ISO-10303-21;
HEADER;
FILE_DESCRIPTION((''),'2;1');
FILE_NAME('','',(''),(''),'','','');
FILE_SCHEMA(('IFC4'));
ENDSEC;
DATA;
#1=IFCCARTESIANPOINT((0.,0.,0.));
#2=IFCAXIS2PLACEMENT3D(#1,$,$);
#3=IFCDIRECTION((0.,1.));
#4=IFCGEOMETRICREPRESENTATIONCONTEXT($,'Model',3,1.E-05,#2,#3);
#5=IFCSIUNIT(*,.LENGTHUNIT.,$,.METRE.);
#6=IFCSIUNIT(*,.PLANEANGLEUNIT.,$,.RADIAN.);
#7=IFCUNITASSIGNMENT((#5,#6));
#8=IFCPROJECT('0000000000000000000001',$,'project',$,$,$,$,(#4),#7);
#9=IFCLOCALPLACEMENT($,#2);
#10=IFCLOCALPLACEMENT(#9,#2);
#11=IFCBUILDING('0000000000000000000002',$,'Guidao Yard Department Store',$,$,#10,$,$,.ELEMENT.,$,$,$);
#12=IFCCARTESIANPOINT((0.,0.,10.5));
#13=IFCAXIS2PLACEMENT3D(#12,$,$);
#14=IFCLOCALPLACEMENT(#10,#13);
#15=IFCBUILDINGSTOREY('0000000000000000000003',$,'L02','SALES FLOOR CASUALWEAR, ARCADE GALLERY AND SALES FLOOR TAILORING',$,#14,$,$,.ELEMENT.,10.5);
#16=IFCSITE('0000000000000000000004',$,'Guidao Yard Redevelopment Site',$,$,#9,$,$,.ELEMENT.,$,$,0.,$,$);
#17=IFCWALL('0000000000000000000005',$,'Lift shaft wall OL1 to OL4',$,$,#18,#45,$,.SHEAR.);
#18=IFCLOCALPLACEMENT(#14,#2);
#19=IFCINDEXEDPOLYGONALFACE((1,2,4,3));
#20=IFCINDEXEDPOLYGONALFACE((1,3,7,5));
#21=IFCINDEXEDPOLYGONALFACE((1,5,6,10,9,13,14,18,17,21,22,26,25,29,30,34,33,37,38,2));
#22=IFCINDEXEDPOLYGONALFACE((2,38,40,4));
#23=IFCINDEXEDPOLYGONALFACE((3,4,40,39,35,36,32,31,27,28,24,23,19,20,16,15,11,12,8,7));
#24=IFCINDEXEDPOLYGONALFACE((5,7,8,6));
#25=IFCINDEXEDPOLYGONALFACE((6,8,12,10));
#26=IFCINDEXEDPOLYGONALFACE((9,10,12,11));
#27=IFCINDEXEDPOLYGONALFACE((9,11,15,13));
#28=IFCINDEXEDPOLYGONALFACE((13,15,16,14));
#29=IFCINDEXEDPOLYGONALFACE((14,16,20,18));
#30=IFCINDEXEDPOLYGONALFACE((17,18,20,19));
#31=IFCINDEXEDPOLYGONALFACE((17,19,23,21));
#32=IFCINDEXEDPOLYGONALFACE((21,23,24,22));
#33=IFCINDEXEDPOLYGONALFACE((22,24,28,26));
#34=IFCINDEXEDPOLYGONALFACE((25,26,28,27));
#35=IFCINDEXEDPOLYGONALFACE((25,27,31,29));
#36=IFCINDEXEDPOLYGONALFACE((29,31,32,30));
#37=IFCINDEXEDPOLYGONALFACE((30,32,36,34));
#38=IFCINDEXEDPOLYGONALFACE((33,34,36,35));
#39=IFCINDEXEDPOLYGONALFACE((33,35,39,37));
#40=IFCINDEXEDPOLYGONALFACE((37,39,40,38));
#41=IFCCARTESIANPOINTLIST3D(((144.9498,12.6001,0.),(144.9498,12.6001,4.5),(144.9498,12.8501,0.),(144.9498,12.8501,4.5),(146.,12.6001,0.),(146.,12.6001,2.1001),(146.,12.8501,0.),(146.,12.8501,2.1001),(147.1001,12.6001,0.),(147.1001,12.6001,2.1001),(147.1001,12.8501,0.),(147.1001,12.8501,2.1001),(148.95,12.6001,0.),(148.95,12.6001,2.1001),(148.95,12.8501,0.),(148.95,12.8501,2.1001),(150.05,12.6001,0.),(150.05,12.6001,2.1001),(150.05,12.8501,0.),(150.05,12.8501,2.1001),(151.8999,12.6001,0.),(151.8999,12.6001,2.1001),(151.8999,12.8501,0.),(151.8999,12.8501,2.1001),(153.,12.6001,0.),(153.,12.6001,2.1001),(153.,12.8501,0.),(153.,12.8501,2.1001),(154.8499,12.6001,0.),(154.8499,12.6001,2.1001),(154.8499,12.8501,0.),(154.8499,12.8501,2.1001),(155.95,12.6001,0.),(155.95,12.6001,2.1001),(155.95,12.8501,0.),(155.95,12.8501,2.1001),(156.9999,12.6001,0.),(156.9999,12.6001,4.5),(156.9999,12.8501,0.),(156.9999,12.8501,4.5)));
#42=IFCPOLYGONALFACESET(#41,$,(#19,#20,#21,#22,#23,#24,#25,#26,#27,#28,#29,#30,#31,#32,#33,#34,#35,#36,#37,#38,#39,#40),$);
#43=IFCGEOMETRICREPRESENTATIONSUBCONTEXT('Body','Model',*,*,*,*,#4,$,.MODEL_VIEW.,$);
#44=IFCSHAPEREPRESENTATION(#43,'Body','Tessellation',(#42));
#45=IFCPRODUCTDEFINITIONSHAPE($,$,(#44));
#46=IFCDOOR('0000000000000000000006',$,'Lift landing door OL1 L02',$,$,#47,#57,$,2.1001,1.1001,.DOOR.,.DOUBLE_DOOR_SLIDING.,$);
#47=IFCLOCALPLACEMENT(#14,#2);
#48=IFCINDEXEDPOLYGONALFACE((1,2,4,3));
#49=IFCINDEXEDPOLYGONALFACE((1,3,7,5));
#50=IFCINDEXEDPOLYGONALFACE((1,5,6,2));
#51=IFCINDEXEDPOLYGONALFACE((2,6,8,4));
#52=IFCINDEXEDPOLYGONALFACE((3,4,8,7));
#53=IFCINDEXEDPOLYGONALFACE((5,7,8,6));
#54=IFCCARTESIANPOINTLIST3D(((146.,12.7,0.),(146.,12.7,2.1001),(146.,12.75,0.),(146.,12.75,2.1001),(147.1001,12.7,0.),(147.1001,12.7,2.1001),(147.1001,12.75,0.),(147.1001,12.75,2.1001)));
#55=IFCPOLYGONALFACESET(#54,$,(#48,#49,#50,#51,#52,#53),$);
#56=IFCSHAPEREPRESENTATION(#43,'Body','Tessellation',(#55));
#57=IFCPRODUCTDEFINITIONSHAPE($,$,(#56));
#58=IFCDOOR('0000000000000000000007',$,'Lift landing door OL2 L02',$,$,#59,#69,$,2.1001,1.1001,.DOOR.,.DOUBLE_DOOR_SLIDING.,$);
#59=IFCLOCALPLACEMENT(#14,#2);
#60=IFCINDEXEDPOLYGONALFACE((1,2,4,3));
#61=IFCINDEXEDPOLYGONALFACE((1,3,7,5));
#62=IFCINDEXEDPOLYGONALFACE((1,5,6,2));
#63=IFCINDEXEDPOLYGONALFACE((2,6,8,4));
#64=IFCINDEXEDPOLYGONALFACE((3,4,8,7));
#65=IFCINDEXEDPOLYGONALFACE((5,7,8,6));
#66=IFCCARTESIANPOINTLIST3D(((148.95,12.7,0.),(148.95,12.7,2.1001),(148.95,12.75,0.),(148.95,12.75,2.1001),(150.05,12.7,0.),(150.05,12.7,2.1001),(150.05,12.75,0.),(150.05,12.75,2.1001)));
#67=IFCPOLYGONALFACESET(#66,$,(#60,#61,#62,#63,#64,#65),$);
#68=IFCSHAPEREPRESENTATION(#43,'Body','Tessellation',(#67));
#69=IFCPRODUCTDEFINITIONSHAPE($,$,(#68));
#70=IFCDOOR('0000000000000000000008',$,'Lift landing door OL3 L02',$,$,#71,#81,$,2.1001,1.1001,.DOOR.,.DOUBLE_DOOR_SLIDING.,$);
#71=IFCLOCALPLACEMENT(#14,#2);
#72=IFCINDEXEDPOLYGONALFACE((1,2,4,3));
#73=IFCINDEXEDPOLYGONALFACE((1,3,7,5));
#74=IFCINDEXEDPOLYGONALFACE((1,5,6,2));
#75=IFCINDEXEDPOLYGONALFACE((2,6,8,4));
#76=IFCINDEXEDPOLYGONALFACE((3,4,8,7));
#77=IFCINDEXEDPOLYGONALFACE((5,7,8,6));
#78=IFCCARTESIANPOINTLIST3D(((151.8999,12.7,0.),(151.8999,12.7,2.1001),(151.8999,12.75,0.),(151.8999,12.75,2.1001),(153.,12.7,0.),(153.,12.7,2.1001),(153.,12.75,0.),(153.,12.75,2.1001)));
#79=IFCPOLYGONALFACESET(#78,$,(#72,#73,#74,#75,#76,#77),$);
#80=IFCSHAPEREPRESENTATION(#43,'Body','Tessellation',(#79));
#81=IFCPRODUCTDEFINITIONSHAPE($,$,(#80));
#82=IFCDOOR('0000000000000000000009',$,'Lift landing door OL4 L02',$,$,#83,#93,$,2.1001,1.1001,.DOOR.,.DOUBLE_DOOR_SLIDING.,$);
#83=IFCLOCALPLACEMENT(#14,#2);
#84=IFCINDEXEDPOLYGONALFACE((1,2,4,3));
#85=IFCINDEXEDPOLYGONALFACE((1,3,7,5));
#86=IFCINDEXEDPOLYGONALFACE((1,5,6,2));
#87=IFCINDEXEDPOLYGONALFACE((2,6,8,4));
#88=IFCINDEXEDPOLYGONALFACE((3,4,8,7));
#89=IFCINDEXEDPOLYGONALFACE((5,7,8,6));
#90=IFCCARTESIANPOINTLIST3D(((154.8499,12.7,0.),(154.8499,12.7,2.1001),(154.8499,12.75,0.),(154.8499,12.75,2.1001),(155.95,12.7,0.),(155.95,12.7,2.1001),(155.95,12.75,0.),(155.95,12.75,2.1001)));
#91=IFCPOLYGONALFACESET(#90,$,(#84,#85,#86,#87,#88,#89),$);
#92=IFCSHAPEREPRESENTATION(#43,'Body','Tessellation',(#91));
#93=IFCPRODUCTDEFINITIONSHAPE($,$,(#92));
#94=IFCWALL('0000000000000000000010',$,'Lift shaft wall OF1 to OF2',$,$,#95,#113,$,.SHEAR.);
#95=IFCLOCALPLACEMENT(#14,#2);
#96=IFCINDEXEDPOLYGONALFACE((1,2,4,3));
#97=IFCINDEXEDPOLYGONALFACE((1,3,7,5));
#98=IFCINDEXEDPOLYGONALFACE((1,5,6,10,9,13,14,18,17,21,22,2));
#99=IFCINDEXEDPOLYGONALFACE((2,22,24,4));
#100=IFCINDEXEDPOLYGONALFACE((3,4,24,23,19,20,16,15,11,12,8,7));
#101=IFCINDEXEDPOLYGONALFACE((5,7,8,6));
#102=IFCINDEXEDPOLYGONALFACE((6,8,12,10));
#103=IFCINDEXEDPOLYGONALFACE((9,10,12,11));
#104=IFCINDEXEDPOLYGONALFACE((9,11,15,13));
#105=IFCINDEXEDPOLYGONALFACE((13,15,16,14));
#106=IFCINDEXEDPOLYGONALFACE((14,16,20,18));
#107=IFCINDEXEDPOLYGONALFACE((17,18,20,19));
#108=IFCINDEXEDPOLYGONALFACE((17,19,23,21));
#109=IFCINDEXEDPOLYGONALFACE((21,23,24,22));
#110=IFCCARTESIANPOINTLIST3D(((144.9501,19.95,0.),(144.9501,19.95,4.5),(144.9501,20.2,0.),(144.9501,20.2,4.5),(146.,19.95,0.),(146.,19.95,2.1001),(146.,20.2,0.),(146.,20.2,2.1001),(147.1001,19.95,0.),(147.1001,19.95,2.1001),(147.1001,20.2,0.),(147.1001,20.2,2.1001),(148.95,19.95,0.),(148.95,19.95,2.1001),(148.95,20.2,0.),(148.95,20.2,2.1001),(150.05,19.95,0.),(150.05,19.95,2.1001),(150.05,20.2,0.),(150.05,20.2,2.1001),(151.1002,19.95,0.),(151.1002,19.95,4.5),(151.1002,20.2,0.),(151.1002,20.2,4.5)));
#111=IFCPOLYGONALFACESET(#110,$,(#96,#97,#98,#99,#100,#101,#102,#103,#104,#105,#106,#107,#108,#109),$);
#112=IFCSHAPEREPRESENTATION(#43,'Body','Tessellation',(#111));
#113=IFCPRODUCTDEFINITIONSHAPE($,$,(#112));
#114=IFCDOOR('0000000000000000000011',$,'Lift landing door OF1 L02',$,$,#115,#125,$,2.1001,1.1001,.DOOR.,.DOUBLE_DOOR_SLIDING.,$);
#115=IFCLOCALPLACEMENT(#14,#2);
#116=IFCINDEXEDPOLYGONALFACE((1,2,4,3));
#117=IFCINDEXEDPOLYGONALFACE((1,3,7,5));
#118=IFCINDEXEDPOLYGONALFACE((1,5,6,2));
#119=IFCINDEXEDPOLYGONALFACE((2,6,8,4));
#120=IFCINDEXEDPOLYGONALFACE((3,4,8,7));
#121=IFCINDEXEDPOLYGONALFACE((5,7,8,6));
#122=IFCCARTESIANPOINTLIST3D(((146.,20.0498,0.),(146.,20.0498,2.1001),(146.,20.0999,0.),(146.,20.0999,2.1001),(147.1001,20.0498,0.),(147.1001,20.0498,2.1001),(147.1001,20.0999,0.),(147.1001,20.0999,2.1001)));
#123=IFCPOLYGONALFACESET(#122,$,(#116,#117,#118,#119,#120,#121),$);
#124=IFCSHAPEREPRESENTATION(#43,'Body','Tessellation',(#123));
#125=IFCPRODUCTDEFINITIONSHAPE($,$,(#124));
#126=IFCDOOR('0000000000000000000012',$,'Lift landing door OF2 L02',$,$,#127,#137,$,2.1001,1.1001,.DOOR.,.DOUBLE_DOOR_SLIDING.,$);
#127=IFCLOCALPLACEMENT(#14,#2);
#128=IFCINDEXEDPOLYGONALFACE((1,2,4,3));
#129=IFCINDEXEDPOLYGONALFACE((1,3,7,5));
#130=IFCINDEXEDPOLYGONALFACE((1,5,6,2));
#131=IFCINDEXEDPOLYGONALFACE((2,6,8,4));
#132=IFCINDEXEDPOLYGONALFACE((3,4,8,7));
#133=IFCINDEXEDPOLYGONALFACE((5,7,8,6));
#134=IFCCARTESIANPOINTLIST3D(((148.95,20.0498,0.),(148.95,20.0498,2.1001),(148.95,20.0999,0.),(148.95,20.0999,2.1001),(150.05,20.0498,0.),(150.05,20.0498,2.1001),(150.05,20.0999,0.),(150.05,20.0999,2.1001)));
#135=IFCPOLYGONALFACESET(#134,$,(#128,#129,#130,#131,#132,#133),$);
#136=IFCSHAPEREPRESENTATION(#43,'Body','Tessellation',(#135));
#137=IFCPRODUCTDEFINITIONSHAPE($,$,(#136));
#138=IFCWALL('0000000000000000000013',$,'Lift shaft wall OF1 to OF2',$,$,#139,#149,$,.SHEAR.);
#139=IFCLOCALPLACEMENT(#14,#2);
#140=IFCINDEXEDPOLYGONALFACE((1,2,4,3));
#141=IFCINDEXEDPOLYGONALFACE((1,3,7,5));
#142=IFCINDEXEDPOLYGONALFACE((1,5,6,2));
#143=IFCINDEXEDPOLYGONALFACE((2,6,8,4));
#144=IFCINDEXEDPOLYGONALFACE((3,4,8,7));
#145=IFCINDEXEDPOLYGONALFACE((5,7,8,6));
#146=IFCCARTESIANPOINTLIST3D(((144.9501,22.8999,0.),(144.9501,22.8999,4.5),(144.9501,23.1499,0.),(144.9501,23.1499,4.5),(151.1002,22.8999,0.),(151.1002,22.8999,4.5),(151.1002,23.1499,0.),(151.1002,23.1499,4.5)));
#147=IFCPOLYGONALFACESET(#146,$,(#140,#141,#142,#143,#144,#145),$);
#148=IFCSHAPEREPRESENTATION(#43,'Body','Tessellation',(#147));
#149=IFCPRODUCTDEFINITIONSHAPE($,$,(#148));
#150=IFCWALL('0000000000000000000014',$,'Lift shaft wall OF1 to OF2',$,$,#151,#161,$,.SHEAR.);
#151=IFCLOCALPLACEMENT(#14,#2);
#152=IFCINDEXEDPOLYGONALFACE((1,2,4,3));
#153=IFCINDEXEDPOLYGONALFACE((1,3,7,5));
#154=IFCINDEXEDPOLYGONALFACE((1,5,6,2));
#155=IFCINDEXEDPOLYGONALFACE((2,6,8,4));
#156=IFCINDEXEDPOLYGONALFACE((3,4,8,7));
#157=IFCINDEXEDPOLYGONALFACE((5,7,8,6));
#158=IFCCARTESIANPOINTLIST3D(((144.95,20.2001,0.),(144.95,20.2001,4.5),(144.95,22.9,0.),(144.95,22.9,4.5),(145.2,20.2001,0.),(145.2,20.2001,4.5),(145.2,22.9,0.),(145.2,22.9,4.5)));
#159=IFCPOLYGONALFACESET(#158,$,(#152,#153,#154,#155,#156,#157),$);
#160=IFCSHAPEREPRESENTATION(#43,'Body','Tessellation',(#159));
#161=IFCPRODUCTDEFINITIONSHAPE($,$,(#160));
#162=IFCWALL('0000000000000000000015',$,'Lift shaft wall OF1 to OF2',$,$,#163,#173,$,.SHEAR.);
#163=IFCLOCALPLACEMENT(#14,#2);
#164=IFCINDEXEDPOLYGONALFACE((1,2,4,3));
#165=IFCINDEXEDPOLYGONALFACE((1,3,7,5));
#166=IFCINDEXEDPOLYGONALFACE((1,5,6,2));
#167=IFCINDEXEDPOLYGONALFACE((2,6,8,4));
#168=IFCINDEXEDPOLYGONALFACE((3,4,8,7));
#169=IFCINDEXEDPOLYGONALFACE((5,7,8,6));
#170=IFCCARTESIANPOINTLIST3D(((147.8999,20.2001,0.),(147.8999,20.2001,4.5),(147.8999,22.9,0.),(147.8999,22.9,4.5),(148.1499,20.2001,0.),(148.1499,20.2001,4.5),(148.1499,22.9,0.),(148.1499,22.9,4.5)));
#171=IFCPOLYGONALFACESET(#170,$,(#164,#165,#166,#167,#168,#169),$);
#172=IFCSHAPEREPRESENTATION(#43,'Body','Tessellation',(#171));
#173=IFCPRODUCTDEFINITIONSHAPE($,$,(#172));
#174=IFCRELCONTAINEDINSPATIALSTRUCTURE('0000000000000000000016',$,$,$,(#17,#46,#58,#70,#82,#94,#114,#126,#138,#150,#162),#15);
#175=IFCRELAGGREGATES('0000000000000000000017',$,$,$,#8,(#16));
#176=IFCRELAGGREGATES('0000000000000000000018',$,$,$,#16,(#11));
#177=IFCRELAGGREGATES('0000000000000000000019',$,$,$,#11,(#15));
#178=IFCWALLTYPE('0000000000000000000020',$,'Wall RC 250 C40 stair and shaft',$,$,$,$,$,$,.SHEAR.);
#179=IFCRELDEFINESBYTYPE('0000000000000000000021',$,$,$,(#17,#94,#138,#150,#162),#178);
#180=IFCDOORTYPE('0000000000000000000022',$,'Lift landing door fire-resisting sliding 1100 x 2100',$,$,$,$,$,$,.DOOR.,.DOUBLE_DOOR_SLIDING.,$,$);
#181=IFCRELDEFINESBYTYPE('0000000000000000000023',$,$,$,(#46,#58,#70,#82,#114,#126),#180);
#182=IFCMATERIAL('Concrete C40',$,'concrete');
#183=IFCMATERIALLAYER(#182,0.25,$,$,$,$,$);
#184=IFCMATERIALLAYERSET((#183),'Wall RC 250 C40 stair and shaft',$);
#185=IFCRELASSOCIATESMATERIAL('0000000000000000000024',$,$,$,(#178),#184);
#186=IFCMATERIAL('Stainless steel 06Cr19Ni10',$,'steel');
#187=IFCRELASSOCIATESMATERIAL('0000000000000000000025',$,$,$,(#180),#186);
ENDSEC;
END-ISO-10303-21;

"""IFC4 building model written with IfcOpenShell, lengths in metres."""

from ifc_helpers import new_model, si_unit, direction, frame, frame_2d, origin, place, context, subcontext, project, spatial, rectangle, extrude, material, layer, layer_set, type_object, element, fill, save


model = new_model("IFC4")

# Units and contexts
model_context = context("Model", 3, precision=1e-05, world=origin(), true_north=direction((0.0, 1.0)))
body_context = subcontext(model_context, "Body", "Model", "MODEL_VIEW")
ifc_project = project(units=[si_unit("LENGTHUNIT", "METRE"), si_unit("PLANEANGLEUNIT", "RADIAN")], contexts=[model_context])

# Site, building, storey
site_placement = place(None, origin())
site = spatial("IfcSite", under=ifc_project, at=site_placement, Name="Guidao Yard Redevelopment Site", CompositionType="ELEMENT", RefElevation=0.0)
building_placement = place(site_placement, origin())
building = spatial("IfcBuilding", under=site, at=building_placement, Name="Guidao Yard Department Store", CompositionType="ELEMENT")
storey_placement = place(building_placement, frame((0.0, 0.0, 10.5)))
storey = spatial("IfcBuildingStorey", under=building, at=storey_placement, Name="L02", Description="SALES FLOOR CASUALWEAR, ARCADE GALLERY AND SALES FLOOR TAILORING", CompositionType="ELEMENT", Elevation=10.5)

# Walls, openings, doors
ifc_material_1 = material(Name="Concrete C40", Category="concrete")
ifc_layer_1 = layer(ifc_material_1, 0.25)
ifc_layer_set_1 = layer_set([ifc_layer_1], Name="Wall RC 250 C40 stair and shaft")
wall_type_1 = type_object("IfcWallType", Name="Wall RC 250 C40 stair and shaft", PredefinedType="SHEAR", material=ifc_layer_set_1)
wall_1_placement = place(storey_placement, frame((144.95, 12.7251, 0.0), z_axis=(0.0, 0.0, 1.0), x_axis=(1.0, 0.0, 0.0)))
wall_1 = element("IfcWall", 1, at=wall_1_placement, inside=storey, type_object=wall_type_1, Name="Lift shaft wall OL1 to OL4", PredefinedType="SHEAR", context=body_context, shape_type="SweptSolid", body=[
    extrude(rectangle(XDim=12.05, YDim=0.25, at=frame_2d((6.0249, 0.0))), origin(), (0.0, 0.0, 1.0), 4.5),
])
opening_1_placement = place(wall_1_placement, frame((1.05, 0.0, 0.0)))
opening_1 = element("IfcOpeningElement", 2, at=opening_1_placement, cuts=wall_1, PredefinedType="OPENING", context=body_context, shape_type="SweptSolid", body=[
    extrude(rectangle(XDim=1.1001, YDim=2.1001, at=frame_2d((0.55, 1.05))), frame((0.0, 0.135, 0.0), z_axis=(0.0, -1.0, 0.0), x_axis=(1.0, 0.0, 0.0)), (0.0, 0.0, 1.0), 0.27),
])
opening_2_placement = place(wall_1_placement, frame((4.0, 0.0, 0.0)))
opening_2 = element("IfcOpeningElement", 3, at=opening_2_placement, cuts=wall_1, PredefinedType="OPENING", context=body_context, shape_type="SweptSolid", body=[
    extrude(rectangle(XDim=1.1001, YDim=2.1001, at=frame_2d((0.55, 1.05))), frame((0.0, 0.135, 0.0), z_axis=(0.0, -1.0, 0.0), x_axis=(1.0, 0.0, 0.0)), (0.0, 0.0, 1.0), 0.27),
])
opening_3_placement = place(wall_1_placement, frame((6.95, 0.0, 0.0)))
opening_3 = element("IfcOpeningElement", 4, at=opening_3_placement, cuts=wall_1, PredefinedType="OPENING", context=body_context, shape_type="SweptSolid", body=[
    extrude(rectangle(XDim=1.1001, YDim=2.1001, at=frame_2d((0.55, 1.05))), frame((0.0, 0.135, 0.0), z_axis=(0.0, -1.0, 0.0), x_axis=(1.0, 0.0, 0.0)), (0.0, 0.0, 1.0), 0.27),
])
opening_4_placement = place(wall_1_placement, frame((9.8999, 0.0, 0.0)))
opening_4 = element("IfcOpeningElement", 5, at=opening_4_placement, cuts=wall_1, PredefinedType="OPENING", context=body_context, shape_type="SweptSolid", body=[
    extrude(rectangle(XDim=1.1001, YDim=2.1001, at=frame_2d((0.55, 1.05))), frame((0.0, 0.135, 0.0), z_axis=(0.0, -1.0, 0.0), x_axis=(1.0, 0.0, 0.0)), (0.0, 0.0, 1.0), 0.27),
])
ifc_material_2 = material(Name="Stainless steel 06Cr19Ni10", Category="steel")
door_type_1 = type_object("IfcDoorType", Name="Lift landing door fire-resisting sliding 1100 x 2100", OperationType="DOUBLE_DOOR_SLIDING", PredefinedType="DOOR", material=ifc_material_2)
door_1_placement = place(opening_1_placement, origin())
door_1 = element("IfcDoor", 6, at=door_1_placement, inside=storey, type_object=door_type_1, Name="Lift landing door OL1 L02", OperationType="DOUBLE_DOOR_SLIDING", OverallHeight=2.1001, OverallWidth=1.1001, PredefinedType="DOOR", context=body_context, shape_type="SweptSolid", body=[
    extrude(rectangle(XDim=1.1001, YDim=2.1001, at=frame_2d((0.55, 1.05))), frame((0.0, 0.0249, 0.0), z_axis=(0.0, -1.0, 0.0), x_axis=(1.0, 0.0, 0.0)), (0.0, 0.0, 1.0), 0.05),
])
fill(opening_1, door_1)
door_2_placement = place(opening_2_placement, origin())
door_2 = element("IfcDoor", 7, at=door_2_placement, inside=storey, type_object=door_type_1, Name="Lift landing door OL2 L02", OperationType="DOUBLE_DOOR_SLIDING", OverallHeight=2.1001, OverallWidth=1.1001, PredefinedType="DOOR", context=body_context, shape_type="SweptSolid", body=[
    extrude(rectangle(XDim=1.1001, YDim=2.1001, at=frame_2d((0.55, 1.05))), frame((0.0, 0.0249, 0.0), z_axis=(0.0, -1.0, 0.0), x_axis=(1.0, 0.0, 0.0)), (0.0, 0.0, 1.0), 0.05),
])
fill(opening_2, door_2)
door_3_placement = place(opening_3_placement, origin())
door_3 = element("IfcDoor", 8, at=door_3_placement, inside=storey, type_object=door_type_1, Name="Lift landing door OL3 L02", OperationType="DOUBLE_DOOR_SLIDING", OverallHeight=2.1001, OverallWidth=1.1001, PredefinedType="DOOR", context=body_context, shape_type="SweptSolid", body=[
    extrude(rectangle(XDim=1.1001, YDim=2.1001, at=frame_2d((0.55, 1.05))), frame((0.0, 0.0249, 0.0), z_axis=(0.0, -1.0, 0.0), x_axis=(1.0, 0.0, 0.0)), (0.0, 0.0, 1.0), 0.05),
])
fill(opening_3, door_3)
door_4_placement = place(opening_4_placement, origin())
door_4 = element("IfcDoor", 9, at=door_4_placement, inside=storey, type_object=door_type_1, Name="Lift landing door OL4 L02", OperationType="DOUBLE_DOOR_SLIDING", OverallHeight=2.1001, OverallWidth=1.1001, PredefinedType="DOOR", context=body_context, shape_type="SweptSolid", body=[
    extrude(rectangle(XDim=1.1001, YDim=2.1001, at=frame_2d((0.55, 1.05))), frame((0.0, 0.0249, 0.0), z_axis=(0.0, -1.0, 0.0), x_axis=(1.0, 0.0, 0.0)), (0.0, 0.0, 1.0), 0.05),
])
fill(opening_4, door_4)
wall_2_placement = place(storey_placement, frame((144.95, 20.075, 0.0), z_axis=(0.0, 0.0, 1.0), x_axis=(1.0, 0.0, 0.0)))
wall_2 = element("IfcWall", 10, at=wall_2_placement, inside=storey, type_object=wall_type_1, Name="Lift shaft wall OF1 to OF2", PredefinedType="SHEAR", context=body_context, shape_type="SweptSolid", body=[
    extrude(rectangle(XDim=6.1501, YDim=0.25, at=frame_2d((3.0752, 0.0))), origin(), (0.0, 0.0, 1.0), 4.5),
])
opening_5_placement = place(wall_2_placement, frame((1.05, 0.0, 0.0)))
opening_5 = element("IfcOpeningElement", 11, at=opening_5_placement, cuts=wall_2, PredefinedType="OPENING", context=body_context, shape_type="SweptSolid", body=[
    extrude(rectangle(XDim=1.1001, YDim=2.1001, at=frame_2d((0.55, 1.05))), frame((0.0, 0.135, 0.0), z_axis=(0.0, -1.0, 0.0), x_axis=(1.0, 0.0, 0.0)), (0.0, 0.0, 1.0), 0.27),
])
opening_6_placement = place(wall_2_placement, frame((4.0, 0.0, 0.0)))
opening_6 = element("IfcOpeningElement", 12, at=opening_6_placement, cuts=wall_2, PredefinedType="OPENING", context=body_context, shape_type="SweptSolid", body=[
    extrude(rectangle(XDim=1.1001, YDim=2.1001, at=frame_2d((0.55, 1.05))), frame((0.0, 0.135, 0.0), z_axis=(0.0, -1.0, 0.0), x_axis=(1.0, 0.0, 0.0)), (0.0, 0.0, 1.0), 0.27),
])
door_5_placement = place(opening_5_placement, origin())
door_5 = element("IfcDoor", 13, at=door_5_placement, inside=storey, type_object=door_type_1, Name="Lift landing door OF1 L02", OperationType="DOUBLE_DOOR_SLIDING", OverallHeight=2.1001, OverallWidth=1.1001, PredefinedType="DOOR", context=body_context, shape_type="SweptSolid", body=[
    extrude(rectangle(XDim=1.1001, YDim=2.1001, at=frame_2d((0.55, 1.05))), frame((0.0, 0.0249, 0.0), z_axis=(0.0, -1.0, 0.0), x_axis=(1.0, 0.0, 0.0)), (0.0, 0.0, 1.0), 0.05),
])
fill(opening_5, door_5)
door_6_placement = place(opening_6_placement, origin())
door_6 = element("IfcDoor", 14, at=door_6_placement, inside=storey, type_object=door_type_1, Name="Lift landing door OF2 L02", OperationType="DOUBLE_DOOR_SLIDING", OverallHeight=2.1001, OverallWidth=1.1001, PredefinedType="DOOR", context=body_context, shape_type="SweptSolid", body=[
    extrude(rectangle(XDim=1.1001, YDim=2.1001, at=frame_2d((0.55, 1.05))), frame((0.0, 0.0249, 0.0), z_axis=(0.0, -1.0, 0.0), x_axis=(1.0, 0.0, 0.0)), (0.0, 0.0, 1.0), 0.05),
])
fill(opening_6, door_6)

# Walls
wall_3_placement = place(storey_placement, frame((144.95, 23.0249, 0.0), z_axis=(0.0, 0.0, 1.0), x_axis=(1.0, 0.0, 0.0)))
element("IfcWall", 15, at=wall_3_placement, inside=storey, type_object=wall_type_1, Name="Lift shaft wall OF1 to OF2", PredefinedType="SHEAR", context=body_context, shape_type="SweptSolid", body=[
    extrude(rectangle(XDim=6.1501, YDim=0.25, at=frame_2d((3.0752, 0.0))), origin(), (0.0, 0.0, 1.0), 4.5),
])
for number, where, z_axis, x_axis, name in (
    (16, (145.075, 20.2, 0.0), (0.0, 0.0, 1.0), (0.0, 1.0, 0.0), "Lift shaft wall OF1 to OF2"),
    (17, (148.0249, 20.2, 0.0), (0.0, 0.0, 1.0), (0.0, 1.0, 0.0), "Lift shaft wall OF1 to OF2"),
):
    element("IfcWall", number, at=place(storey_placement, frame(where, z_axis=z_axis, x_axis=x_axis)), inside=storey, type_object=wall_type_1, Name=name, PredefinedType="SHEAR", context=body_context, shape_type="SweptSolid", body=[
        extrude(rectangle(XDim=2.7, YDim=0.25, at=frame_2d((1.3501, 0.0))), origin(), (0.0, 0.0, 1.0), 4.5),
    ])

save(model, "model.ifc")
